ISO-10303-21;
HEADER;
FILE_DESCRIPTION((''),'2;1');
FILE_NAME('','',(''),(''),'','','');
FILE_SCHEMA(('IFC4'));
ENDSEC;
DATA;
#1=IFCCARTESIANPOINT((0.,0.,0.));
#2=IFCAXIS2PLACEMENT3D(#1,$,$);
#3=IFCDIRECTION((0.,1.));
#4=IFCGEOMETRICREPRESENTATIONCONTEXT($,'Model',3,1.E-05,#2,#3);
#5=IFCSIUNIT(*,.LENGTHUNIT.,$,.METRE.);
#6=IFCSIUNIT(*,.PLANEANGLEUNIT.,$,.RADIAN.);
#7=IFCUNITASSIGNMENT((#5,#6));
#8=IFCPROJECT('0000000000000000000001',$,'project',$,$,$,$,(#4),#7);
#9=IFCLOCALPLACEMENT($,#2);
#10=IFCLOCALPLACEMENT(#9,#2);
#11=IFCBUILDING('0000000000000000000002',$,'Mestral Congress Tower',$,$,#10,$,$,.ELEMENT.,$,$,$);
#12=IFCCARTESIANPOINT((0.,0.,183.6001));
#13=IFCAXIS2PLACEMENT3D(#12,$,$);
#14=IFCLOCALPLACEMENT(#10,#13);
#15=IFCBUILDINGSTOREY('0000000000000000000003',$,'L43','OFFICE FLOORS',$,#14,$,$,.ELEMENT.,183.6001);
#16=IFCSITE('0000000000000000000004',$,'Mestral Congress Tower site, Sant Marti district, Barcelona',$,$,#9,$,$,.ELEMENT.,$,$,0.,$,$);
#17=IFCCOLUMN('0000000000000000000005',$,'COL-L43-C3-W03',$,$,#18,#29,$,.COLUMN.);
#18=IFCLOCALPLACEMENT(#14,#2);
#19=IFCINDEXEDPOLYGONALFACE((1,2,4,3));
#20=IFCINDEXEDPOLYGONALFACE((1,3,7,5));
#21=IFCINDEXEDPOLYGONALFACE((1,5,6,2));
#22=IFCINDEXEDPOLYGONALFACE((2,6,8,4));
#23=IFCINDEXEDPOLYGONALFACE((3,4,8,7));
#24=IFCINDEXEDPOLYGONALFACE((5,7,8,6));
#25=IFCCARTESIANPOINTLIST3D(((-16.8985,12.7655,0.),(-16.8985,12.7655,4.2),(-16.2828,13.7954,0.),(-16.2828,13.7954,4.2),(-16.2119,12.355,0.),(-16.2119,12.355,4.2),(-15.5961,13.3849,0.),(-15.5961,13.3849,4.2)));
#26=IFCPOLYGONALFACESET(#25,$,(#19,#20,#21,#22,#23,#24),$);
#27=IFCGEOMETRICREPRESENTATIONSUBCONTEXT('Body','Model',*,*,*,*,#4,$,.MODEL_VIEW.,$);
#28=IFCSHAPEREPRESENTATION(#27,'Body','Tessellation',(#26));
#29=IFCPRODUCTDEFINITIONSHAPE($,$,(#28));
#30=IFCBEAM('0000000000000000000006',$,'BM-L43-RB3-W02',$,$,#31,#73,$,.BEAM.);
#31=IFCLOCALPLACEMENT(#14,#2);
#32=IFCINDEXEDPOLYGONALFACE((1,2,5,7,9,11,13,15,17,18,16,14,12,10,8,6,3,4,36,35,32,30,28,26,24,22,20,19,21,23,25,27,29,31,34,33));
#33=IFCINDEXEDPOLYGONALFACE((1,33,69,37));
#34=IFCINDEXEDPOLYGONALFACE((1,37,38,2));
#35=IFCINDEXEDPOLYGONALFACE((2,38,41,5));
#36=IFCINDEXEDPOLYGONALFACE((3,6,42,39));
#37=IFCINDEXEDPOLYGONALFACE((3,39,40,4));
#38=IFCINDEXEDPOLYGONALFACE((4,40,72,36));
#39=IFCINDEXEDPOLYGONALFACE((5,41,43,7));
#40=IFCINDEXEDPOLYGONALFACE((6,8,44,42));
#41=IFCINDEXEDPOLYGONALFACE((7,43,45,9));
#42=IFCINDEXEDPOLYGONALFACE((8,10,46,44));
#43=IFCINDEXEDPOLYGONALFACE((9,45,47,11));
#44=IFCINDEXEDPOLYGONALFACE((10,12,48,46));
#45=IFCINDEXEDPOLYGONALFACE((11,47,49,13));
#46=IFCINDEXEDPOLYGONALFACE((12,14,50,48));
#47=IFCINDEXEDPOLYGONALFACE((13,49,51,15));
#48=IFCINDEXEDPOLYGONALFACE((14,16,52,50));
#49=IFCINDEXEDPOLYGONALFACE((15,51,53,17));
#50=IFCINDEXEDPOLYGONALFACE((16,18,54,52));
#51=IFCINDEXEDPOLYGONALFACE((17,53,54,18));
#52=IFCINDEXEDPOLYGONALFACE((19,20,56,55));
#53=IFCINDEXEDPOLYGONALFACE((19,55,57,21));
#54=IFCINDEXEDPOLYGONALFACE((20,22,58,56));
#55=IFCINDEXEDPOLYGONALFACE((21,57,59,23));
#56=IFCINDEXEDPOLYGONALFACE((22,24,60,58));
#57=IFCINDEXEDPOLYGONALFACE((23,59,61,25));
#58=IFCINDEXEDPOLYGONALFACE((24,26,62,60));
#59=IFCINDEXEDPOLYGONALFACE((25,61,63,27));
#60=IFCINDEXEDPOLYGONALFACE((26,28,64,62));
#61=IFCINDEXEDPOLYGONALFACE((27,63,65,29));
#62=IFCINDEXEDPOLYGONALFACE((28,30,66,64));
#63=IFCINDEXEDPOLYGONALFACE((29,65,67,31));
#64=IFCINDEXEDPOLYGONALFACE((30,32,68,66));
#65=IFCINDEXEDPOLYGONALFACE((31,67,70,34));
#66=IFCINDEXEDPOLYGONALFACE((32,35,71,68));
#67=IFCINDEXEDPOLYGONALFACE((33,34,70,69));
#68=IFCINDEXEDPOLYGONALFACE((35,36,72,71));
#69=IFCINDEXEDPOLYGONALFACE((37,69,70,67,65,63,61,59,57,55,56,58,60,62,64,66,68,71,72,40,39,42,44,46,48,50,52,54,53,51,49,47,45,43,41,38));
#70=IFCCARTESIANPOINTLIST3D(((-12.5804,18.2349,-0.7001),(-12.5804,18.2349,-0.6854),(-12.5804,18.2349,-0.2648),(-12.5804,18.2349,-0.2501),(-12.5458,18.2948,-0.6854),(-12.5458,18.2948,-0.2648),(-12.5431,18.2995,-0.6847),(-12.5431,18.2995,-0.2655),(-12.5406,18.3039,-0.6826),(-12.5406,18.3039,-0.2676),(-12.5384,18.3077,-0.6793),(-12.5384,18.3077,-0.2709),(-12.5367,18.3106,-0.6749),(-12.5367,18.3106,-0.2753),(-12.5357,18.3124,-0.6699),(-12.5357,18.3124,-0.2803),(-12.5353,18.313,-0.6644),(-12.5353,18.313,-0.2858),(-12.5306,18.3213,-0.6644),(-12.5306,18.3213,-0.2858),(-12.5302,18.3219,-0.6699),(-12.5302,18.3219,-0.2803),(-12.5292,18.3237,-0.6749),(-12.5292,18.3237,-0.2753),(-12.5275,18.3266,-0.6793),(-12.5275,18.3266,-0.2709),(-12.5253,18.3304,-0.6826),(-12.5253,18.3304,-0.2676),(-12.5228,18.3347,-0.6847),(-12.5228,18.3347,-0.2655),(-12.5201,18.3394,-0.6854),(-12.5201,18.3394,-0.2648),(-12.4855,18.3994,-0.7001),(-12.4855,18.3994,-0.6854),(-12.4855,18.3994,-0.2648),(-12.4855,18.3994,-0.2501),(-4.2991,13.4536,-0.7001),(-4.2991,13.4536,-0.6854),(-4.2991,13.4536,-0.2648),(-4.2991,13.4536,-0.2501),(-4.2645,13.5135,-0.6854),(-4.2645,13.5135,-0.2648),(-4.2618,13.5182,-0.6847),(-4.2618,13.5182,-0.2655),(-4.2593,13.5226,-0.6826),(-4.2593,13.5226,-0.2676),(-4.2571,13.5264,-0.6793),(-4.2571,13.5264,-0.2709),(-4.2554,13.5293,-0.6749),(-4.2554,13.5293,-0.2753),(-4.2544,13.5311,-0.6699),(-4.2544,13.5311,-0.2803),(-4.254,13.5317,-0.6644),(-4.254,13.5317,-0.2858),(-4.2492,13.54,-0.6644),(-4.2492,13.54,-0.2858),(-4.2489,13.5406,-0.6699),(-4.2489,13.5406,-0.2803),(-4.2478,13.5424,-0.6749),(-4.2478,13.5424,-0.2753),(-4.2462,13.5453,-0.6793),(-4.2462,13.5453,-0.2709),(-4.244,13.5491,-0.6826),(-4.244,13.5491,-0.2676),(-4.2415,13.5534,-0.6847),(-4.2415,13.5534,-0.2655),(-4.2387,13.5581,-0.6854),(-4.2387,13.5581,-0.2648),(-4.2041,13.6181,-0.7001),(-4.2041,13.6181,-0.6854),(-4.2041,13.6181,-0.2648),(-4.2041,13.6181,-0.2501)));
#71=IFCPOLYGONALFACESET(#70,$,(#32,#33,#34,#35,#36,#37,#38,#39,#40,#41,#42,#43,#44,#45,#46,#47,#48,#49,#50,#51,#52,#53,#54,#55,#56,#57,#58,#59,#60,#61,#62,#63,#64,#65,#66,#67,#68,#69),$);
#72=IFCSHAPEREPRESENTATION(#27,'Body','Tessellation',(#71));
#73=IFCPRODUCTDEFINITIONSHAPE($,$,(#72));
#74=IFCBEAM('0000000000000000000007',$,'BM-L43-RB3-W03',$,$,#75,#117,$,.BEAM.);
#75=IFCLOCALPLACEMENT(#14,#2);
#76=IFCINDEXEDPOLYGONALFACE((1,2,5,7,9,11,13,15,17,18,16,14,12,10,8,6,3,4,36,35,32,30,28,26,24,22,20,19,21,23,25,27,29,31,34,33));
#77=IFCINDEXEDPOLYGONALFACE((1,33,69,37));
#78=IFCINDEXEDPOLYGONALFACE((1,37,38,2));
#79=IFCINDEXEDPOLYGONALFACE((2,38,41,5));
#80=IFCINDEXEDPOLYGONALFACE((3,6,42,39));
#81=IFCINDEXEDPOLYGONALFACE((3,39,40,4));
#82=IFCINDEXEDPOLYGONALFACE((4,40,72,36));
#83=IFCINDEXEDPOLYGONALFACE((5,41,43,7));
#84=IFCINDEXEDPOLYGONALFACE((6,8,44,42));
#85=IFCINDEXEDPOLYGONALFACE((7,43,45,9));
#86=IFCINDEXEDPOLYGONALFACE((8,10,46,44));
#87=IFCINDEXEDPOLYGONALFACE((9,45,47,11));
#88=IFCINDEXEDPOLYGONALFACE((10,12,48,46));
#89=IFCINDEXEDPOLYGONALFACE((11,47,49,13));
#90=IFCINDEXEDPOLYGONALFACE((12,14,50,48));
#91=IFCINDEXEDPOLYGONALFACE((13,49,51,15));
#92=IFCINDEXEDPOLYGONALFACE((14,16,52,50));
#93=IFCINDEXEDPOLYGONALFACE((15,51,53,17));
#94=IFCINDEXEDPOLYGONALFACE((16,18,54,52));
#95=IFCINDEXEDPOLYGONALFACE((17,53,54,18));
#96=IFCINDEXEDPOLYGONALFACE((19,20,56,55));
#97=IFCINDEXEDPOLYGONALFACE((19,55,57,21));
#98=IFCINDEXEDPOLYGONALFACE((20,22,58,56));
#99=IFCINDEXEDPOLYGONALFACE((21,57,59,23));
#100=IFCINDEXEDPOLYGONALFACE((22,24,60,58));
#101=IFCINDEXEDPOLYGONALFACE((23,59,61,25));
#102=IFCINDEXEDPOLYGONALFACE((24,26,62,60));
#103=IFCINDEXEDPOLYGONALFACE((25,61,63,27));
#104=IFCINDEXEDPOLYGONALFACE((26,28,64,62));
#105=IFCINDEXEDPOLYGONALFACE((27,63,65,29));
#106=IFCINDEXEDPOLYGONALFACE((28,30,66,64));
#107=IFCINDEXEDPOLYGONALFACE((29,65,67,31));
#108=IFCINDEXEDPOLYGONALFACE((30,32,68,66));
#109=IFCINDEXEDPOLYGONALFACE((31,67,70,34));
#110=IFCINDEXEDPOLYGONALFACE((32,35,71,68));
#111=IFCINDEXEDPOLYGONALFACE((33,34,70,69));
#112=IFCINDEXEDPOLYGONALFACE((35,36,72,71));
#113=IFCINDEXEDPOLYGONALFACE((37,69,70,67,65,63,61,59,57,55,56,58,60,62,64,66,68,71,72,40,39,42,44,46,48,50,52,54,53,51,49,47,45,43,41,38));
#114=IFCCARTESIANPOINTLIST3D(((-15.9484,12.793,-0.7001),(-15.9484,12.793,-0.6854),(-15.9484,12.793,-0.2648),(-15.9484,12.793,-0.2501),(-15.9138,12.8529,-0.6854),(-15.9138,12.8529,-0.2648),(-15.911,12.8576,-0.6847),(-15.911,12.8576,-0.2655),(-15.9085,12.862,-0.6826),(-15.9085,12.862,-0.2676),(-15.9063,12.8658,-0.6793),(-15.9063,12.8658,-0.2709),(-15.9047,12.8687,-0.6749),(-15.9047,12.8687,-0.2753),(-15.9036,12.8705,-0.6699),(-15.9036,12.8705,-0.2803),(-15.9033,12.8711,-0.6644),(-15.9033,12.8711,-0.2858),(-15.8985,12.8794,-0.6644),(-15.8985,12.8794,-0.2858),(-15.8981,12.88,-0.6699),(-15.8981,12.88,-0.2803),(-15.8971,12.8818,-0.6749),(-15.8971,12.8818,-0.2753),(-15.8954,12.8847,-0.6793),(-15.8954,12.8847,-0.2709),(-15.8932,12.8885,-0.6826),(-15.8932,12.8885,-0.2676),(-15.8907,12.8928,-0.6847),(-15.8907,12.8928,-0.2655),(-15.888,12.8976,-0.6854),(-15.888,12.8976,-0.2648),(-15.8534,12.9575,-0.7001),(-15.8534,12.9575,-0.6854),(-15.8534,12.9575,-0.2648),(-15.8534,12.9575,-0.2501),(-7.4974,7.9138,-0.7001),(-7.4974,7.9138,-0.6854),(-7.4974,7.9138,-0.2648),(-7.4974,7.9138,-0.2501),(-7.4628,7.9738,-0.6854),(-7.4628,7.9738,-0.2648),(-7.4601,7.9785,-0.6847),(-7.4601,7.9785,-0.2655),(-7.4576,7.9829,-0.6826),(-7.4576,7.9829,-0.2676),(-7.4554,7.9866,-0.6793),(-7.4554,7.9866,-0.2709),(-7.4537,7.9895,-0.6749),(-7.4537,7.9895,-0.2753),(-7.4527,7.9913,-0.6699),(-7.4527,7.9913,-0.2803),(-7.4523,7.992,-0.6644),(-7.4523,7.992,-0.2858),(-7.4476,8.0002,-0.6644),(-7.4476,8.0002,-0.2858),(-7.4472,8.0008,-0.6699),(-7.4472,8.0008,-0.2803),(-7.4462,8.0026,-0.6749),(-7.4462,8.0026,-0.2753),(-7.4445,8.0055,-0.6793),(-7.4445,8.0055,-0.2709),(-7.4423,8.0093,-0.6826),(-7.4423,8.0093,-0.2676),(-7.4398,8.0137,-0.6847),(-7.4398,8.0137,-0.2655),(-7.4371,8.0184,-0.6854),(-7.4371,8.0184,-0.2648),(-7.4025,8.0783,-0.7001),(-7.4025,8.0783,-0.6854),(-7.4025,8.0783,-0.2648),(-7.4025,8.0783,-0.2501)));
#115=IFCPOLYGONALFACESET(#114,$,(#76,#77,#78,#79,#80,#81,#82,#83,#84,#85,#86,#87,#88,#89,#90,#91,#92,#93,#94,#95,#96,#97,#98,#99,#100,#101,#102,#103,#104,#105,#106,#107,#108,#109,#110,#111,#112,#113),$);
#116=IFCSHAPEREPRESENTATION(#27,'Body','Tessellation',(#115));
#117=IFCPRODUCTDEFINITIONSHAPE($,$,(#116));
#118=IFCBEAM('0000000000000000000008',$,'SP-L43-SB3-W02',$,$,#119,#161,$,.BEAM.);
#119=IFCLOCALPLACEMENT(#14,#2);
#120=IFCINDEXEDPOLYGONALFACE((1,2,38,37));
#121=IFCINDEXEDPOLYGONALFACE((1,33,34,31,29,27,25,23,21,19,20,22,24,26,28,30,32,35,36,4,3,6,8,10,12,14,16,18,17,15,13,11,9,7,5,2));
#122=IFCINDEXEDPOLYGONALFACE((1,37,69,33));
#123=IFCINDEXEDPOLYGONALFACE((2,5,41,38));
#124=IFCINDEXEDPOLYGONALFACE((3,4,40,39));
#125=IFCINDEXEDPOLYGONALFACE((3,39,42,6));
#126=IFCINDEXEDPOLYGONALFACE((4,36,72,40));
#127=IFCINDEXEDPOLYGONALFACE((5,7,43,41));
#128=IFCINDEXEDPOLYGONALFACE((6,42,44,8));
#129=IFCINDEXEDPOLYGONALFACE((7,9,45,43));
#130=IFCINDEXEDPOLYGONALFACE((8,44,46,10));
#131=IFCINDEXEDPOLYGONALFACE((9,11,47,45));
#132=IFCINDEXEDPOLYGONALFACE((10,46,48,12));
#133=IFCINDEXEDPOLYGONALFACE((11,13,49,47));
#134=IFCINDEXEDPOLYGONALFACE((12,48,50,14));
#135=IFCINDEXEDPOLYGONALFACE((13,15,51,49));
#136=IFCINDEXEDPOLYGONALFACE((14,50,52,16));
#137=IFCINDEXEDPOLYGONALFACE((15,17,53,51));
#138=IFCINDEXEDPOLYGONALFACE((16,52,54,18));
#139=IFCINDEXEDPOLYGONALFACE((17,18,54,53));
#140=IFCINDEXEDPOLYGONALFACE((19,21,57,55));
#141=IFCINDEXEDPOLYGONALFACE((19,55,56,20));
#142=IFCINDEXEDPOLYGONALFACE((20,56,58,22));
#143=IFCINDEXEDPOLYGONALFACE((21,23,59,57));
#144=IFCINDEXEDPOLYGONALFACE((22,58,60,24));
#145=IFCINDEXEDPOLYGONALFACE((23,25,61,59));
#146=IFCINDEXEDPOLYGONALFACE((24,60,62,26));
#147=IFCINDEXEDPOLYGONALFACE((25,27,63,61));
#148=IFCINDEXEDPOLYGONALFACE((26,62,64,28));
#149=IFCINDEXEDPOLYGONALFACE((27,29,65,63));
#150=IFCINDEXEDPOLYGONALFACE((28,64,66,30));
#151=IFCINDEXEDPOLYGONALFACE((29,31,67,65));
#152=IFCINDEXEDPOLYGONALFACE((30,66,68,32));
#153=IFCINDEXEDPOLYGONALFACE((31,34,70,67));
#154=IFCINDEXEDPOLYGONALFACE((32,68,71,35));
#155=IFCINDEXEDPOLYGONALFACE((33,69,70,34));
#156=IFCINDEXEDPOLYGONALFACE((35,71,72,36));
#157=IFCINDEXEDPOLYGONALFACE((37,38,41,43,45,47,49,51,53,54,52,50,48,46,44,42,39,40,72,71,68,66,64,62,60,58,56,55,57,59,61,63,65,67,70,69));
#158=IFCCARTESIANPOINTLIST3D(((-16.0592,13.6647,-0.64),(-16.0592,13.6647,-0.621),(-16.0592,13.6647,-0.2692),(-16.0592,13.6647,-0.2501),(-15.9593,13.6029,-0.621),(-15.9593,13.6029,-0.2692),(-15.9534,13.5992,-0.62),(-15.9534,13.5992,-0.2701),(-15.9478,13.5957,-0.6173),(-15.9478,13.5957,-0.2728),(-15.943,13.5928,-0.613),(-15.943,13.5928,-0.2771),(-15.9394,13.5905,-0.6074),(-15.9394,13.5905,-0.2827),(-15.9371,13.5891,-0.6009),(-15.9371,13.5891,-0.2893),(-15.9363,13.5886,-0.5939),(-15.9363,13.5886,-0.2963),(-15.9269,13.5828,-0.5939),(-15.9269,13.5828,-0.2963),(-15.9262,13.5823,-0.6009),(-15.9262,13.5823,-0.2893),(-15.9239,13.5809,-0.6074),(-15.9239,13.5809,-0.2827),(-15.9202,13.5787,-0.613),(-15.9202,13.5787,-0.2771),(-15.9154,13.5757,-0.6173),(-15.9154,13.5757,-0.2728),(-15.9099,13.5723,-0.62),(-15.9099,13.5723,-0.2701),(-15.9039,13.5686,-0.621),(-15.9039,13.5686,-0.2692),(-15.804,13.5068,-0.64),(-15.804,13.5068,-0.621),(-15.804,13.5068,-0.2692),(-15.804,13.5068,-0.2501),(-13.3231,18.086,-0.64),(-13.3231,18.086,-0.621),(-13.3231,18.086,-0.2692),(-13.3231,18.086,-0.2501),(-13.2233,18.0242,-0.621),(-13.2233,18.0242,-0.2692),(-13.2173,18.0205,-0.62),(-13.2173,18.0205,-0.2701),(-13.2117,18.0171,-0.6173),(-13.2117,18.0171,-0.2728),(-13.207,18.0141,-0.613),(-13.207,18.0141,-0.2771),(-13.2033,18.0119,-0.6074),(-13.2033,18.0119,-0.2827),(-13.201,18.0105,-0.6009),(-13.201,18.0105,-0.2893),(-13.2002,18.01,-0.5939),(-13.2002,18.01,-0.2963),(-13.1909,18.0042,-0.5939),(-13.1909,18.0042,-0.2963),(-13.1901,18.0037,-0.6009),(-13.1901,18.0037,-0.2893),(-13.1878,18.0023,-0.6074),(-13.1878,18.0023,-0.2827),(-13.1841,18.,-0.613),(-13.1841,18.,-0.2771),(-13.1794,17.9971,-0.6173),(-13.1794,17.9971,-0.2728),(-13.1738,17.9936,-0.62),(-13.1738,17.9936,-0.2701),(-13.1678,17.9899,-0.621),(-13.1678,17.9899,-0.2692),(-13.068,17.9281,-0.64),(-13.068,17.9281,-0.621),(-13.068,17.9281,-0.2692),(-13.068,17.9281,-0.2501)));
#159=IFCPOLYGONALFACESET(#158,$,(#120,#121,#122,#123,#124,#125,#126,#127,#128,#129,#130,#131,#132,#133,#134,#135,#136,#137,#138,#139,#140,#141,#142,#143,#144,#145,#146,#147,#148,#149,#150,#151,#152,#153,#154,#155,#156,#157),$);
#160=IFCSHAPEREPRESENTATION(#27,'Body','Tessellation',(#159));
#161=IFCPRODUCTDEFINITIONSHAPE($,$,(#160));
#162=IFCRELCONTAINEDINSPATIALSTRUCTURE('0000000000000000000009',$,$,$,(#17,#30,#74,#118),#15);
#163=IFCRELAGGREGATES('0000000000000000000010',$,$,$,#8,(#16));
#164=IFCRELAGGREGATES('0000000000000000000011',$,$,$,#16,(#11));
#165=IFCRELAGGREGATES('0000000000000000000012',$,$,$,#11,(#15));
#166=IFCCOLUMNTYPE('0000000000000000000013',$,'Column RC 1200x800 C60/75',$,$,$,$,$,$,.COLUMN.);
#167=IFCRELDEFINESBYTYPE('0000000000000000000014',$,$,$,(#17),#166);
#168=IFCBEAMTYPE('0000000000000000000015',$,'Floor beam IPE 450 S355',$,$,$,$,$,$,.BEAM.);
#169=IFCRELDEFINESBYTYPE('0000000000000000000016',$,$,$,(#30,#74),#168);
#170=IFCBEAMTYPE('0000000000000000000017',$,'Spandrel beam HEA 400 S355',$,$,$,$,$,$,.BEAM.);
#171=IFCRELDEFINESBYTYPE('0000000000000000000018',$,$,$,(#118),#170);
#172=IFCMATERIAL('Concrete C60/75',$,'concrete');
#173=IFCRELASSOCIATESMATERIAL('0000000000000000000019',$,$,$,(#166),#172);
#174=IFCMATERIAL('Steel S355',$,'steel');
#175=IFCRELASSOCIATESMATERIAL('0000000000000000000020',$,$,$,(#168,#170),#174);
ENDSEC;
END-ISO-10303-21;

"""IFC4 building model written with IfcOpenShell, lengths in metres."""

from ifc_helpers import new_model, si_unit, direction, frame, origin, origin_2d, place, context, subcontext, project, spatial, rectangle, i_section, extrude, material, material_profile, profile_set, type_object, element, save


model = new_model("IFC4")

# Units and contexts
model_context = context("Model", 3, precision=1e-05, world=origin(), true_north=direction((0.0, 1.0)))
body_context = subcontext(model_context, "Body", "Model", "MODEL_VIEW")
ifc_project = project(units=[si_unit("LENGTHUNIT", "METRE"), si_unit("PLANEANGLEUNIT", "RADIAN")], contexts=[model_context])

# Site, building, storey
site_placement = place(None, origin())
site = spatial("IfcSite", under=ifc_project, at=site_placement, Name="Mestral Congress Tower site, Sant Marti district, Barcelona", CompositionType="ELEMENT", RefElevation=0.0)
building_placement = place(site_placement, origin())
building = spatial("IfcBuilding", under=site, at=building_placement, Name="Mestral Congress Tower", CompositionType="ELEMENT")
storey_placement = place(building_placement, frame((0.0, 0.0, 183.6001)))
storey = spatial("IfcBuildingStorey", under=building, at=storey_placement, Name="L43", Description="OFFICE FLOORS", CompositionType="ELEMENT", Elevation=183.6001)

# Column
ifc_material_1 = material(Name="Concrete C60/75", Category="concrete")
ifc_material_profile_1 = material_profile(ifc_material_1, rectangle(XDim=1.2, YDim=0.8, at=origin_2d()), Name="RC 1200x800")
ifc_profile_set_1 = profile_set([ifc_material_profile_1], Name="Concrete C60/75")
column_type = type_object("IfcColumnType", Name="Column RC 1200x800 C60/75", PredefinedType="COLUMN", material=ifc_profile_set_1)
column_placement = place(storey_placement, frame((-16.2473, 13.0752, 0.0), z_axis=(0.0, 0.0, 1.0), x_axis=(-0.513159, -0.858293, 0.0)))
element("IfcColumn", 1, at=column_placement, inside=storey, type_object=column_type, Name="COL-L43-C3-W03", PredefinedType="COLUMN", context=body_context, shape_type="SweptSolid", body=[
    extrude(rectangle(XDim=1.2, YDim=0.8, at=origin_2d()), origin(), (0.0, 0.0, 1.0), 4.2),
])

# Beams
ifc_material_2 = material(Name="Steel S355", Category="steel")
ifc_material_profile_2 = material_profile(ifc_material_2, i_section(OverallWidth=0.1899, OverallDepth=0.45, WebThickness=0.0095, FlangeThickness=0.0146, FilletRadius=0.021, at=origin_2d()), Name="IPE 450")
ifc_profile_set_2 = profile_set([ifc_material_profile_2], Name="Steel S355")
beam_type_1 = type_object("IfcBeamType", Name="Floor beam IPE 450 S355", PredefinedType="BEAM", material=ifc_profile_set_2)
beam_1_placement = place(storey_placement, frame((-12.533, 18.3171, -0.4751), z_axis=(0.866022, -0.500005, 0.0), x_axis=(0.500005, 0.866022, 0.0)))
element("IfcBeam", 2, at=beam_1_placement, inside=storey, type_object=beam_type_1, Name="BM-L43-RB3-W02", PredefinedType="BEAM", context=body_context, shape_type="SweptSolid", body=[
    extrude(i_section(OverallWidth=0.1899, OverallDepth=0.45, WebThickness=0.0095, FlangeThickness=0.0146, FilletRadius=0.021, at=origin_2d()), origin(), (0.0, 0.0, 1.0), 9.5625),
])
beam_2_placement = place(storey_placement, frame((-15.9009, 12.8752, -0.4751), z_axis=(0.866025, -0.5, 0.0), x_axis=(0.5, 0.866025, 0.0)))
element("IfcBeam", 3, at=beam_2_placement, inside=storey, type_object=beam_type_1, Name="BM-L43-RB3-W03", PredefinedType="BEAM", context=body_context, shape_type="SweptSolid", body=[
    extrude(i_section(OverallWidth=0.1899, OverallDepth=0.45, WebThickness=0.0095, FlangeThickness=0.0146, FilletRadius=0.021, at=origin_2d()), origin(), (0.0, 0.0, 1.0), 9.7583),
])
ifc_material_profile_3 = material_profile(ifc_material_2, i_section(OverallWidth=0.3, OverallDepth=0.3899, WebThickness=0.011, FlangeThickness=0.019, FilletRadius=0.0271, at=origin_2d()), Name="HEA 400")
ifc_profile_set_3 = profile_set([ifc_material_profile_3], Name="Steel S355")
beam_type_2 = type_object("IfcBeamType", Name="Spandrel beam HEA 400 S355", PredefinedType="BEAM", material=ifc_profile_set_3)
beam_3_placement = place(storey_placement, frame((-13.1956, 18.0071, -0.4451), z_axis=(-0.52622, -0.850348, 0.0), x_axis=(0.850348, -0.52622, 0.0)))
element("IfcBeam", 4, at=beam_3_placement, inside=storey, type_object=beam_type_2, Name="SP-L43-SB3-W02", PredefinedType="BEAM", context=body_context, shape_type="SweptSolid", body=[
    extrude(i_section(OverallWidth=0.3, OverallDepth=0.3899, WebThickness=0.011, FlangeThickness=0.019, FilletRadius=0.0271, at=origin_2d()), origin(), (0.0, 0.0, 1.0), 5.1995),
])

save(model, "model.ifc")
